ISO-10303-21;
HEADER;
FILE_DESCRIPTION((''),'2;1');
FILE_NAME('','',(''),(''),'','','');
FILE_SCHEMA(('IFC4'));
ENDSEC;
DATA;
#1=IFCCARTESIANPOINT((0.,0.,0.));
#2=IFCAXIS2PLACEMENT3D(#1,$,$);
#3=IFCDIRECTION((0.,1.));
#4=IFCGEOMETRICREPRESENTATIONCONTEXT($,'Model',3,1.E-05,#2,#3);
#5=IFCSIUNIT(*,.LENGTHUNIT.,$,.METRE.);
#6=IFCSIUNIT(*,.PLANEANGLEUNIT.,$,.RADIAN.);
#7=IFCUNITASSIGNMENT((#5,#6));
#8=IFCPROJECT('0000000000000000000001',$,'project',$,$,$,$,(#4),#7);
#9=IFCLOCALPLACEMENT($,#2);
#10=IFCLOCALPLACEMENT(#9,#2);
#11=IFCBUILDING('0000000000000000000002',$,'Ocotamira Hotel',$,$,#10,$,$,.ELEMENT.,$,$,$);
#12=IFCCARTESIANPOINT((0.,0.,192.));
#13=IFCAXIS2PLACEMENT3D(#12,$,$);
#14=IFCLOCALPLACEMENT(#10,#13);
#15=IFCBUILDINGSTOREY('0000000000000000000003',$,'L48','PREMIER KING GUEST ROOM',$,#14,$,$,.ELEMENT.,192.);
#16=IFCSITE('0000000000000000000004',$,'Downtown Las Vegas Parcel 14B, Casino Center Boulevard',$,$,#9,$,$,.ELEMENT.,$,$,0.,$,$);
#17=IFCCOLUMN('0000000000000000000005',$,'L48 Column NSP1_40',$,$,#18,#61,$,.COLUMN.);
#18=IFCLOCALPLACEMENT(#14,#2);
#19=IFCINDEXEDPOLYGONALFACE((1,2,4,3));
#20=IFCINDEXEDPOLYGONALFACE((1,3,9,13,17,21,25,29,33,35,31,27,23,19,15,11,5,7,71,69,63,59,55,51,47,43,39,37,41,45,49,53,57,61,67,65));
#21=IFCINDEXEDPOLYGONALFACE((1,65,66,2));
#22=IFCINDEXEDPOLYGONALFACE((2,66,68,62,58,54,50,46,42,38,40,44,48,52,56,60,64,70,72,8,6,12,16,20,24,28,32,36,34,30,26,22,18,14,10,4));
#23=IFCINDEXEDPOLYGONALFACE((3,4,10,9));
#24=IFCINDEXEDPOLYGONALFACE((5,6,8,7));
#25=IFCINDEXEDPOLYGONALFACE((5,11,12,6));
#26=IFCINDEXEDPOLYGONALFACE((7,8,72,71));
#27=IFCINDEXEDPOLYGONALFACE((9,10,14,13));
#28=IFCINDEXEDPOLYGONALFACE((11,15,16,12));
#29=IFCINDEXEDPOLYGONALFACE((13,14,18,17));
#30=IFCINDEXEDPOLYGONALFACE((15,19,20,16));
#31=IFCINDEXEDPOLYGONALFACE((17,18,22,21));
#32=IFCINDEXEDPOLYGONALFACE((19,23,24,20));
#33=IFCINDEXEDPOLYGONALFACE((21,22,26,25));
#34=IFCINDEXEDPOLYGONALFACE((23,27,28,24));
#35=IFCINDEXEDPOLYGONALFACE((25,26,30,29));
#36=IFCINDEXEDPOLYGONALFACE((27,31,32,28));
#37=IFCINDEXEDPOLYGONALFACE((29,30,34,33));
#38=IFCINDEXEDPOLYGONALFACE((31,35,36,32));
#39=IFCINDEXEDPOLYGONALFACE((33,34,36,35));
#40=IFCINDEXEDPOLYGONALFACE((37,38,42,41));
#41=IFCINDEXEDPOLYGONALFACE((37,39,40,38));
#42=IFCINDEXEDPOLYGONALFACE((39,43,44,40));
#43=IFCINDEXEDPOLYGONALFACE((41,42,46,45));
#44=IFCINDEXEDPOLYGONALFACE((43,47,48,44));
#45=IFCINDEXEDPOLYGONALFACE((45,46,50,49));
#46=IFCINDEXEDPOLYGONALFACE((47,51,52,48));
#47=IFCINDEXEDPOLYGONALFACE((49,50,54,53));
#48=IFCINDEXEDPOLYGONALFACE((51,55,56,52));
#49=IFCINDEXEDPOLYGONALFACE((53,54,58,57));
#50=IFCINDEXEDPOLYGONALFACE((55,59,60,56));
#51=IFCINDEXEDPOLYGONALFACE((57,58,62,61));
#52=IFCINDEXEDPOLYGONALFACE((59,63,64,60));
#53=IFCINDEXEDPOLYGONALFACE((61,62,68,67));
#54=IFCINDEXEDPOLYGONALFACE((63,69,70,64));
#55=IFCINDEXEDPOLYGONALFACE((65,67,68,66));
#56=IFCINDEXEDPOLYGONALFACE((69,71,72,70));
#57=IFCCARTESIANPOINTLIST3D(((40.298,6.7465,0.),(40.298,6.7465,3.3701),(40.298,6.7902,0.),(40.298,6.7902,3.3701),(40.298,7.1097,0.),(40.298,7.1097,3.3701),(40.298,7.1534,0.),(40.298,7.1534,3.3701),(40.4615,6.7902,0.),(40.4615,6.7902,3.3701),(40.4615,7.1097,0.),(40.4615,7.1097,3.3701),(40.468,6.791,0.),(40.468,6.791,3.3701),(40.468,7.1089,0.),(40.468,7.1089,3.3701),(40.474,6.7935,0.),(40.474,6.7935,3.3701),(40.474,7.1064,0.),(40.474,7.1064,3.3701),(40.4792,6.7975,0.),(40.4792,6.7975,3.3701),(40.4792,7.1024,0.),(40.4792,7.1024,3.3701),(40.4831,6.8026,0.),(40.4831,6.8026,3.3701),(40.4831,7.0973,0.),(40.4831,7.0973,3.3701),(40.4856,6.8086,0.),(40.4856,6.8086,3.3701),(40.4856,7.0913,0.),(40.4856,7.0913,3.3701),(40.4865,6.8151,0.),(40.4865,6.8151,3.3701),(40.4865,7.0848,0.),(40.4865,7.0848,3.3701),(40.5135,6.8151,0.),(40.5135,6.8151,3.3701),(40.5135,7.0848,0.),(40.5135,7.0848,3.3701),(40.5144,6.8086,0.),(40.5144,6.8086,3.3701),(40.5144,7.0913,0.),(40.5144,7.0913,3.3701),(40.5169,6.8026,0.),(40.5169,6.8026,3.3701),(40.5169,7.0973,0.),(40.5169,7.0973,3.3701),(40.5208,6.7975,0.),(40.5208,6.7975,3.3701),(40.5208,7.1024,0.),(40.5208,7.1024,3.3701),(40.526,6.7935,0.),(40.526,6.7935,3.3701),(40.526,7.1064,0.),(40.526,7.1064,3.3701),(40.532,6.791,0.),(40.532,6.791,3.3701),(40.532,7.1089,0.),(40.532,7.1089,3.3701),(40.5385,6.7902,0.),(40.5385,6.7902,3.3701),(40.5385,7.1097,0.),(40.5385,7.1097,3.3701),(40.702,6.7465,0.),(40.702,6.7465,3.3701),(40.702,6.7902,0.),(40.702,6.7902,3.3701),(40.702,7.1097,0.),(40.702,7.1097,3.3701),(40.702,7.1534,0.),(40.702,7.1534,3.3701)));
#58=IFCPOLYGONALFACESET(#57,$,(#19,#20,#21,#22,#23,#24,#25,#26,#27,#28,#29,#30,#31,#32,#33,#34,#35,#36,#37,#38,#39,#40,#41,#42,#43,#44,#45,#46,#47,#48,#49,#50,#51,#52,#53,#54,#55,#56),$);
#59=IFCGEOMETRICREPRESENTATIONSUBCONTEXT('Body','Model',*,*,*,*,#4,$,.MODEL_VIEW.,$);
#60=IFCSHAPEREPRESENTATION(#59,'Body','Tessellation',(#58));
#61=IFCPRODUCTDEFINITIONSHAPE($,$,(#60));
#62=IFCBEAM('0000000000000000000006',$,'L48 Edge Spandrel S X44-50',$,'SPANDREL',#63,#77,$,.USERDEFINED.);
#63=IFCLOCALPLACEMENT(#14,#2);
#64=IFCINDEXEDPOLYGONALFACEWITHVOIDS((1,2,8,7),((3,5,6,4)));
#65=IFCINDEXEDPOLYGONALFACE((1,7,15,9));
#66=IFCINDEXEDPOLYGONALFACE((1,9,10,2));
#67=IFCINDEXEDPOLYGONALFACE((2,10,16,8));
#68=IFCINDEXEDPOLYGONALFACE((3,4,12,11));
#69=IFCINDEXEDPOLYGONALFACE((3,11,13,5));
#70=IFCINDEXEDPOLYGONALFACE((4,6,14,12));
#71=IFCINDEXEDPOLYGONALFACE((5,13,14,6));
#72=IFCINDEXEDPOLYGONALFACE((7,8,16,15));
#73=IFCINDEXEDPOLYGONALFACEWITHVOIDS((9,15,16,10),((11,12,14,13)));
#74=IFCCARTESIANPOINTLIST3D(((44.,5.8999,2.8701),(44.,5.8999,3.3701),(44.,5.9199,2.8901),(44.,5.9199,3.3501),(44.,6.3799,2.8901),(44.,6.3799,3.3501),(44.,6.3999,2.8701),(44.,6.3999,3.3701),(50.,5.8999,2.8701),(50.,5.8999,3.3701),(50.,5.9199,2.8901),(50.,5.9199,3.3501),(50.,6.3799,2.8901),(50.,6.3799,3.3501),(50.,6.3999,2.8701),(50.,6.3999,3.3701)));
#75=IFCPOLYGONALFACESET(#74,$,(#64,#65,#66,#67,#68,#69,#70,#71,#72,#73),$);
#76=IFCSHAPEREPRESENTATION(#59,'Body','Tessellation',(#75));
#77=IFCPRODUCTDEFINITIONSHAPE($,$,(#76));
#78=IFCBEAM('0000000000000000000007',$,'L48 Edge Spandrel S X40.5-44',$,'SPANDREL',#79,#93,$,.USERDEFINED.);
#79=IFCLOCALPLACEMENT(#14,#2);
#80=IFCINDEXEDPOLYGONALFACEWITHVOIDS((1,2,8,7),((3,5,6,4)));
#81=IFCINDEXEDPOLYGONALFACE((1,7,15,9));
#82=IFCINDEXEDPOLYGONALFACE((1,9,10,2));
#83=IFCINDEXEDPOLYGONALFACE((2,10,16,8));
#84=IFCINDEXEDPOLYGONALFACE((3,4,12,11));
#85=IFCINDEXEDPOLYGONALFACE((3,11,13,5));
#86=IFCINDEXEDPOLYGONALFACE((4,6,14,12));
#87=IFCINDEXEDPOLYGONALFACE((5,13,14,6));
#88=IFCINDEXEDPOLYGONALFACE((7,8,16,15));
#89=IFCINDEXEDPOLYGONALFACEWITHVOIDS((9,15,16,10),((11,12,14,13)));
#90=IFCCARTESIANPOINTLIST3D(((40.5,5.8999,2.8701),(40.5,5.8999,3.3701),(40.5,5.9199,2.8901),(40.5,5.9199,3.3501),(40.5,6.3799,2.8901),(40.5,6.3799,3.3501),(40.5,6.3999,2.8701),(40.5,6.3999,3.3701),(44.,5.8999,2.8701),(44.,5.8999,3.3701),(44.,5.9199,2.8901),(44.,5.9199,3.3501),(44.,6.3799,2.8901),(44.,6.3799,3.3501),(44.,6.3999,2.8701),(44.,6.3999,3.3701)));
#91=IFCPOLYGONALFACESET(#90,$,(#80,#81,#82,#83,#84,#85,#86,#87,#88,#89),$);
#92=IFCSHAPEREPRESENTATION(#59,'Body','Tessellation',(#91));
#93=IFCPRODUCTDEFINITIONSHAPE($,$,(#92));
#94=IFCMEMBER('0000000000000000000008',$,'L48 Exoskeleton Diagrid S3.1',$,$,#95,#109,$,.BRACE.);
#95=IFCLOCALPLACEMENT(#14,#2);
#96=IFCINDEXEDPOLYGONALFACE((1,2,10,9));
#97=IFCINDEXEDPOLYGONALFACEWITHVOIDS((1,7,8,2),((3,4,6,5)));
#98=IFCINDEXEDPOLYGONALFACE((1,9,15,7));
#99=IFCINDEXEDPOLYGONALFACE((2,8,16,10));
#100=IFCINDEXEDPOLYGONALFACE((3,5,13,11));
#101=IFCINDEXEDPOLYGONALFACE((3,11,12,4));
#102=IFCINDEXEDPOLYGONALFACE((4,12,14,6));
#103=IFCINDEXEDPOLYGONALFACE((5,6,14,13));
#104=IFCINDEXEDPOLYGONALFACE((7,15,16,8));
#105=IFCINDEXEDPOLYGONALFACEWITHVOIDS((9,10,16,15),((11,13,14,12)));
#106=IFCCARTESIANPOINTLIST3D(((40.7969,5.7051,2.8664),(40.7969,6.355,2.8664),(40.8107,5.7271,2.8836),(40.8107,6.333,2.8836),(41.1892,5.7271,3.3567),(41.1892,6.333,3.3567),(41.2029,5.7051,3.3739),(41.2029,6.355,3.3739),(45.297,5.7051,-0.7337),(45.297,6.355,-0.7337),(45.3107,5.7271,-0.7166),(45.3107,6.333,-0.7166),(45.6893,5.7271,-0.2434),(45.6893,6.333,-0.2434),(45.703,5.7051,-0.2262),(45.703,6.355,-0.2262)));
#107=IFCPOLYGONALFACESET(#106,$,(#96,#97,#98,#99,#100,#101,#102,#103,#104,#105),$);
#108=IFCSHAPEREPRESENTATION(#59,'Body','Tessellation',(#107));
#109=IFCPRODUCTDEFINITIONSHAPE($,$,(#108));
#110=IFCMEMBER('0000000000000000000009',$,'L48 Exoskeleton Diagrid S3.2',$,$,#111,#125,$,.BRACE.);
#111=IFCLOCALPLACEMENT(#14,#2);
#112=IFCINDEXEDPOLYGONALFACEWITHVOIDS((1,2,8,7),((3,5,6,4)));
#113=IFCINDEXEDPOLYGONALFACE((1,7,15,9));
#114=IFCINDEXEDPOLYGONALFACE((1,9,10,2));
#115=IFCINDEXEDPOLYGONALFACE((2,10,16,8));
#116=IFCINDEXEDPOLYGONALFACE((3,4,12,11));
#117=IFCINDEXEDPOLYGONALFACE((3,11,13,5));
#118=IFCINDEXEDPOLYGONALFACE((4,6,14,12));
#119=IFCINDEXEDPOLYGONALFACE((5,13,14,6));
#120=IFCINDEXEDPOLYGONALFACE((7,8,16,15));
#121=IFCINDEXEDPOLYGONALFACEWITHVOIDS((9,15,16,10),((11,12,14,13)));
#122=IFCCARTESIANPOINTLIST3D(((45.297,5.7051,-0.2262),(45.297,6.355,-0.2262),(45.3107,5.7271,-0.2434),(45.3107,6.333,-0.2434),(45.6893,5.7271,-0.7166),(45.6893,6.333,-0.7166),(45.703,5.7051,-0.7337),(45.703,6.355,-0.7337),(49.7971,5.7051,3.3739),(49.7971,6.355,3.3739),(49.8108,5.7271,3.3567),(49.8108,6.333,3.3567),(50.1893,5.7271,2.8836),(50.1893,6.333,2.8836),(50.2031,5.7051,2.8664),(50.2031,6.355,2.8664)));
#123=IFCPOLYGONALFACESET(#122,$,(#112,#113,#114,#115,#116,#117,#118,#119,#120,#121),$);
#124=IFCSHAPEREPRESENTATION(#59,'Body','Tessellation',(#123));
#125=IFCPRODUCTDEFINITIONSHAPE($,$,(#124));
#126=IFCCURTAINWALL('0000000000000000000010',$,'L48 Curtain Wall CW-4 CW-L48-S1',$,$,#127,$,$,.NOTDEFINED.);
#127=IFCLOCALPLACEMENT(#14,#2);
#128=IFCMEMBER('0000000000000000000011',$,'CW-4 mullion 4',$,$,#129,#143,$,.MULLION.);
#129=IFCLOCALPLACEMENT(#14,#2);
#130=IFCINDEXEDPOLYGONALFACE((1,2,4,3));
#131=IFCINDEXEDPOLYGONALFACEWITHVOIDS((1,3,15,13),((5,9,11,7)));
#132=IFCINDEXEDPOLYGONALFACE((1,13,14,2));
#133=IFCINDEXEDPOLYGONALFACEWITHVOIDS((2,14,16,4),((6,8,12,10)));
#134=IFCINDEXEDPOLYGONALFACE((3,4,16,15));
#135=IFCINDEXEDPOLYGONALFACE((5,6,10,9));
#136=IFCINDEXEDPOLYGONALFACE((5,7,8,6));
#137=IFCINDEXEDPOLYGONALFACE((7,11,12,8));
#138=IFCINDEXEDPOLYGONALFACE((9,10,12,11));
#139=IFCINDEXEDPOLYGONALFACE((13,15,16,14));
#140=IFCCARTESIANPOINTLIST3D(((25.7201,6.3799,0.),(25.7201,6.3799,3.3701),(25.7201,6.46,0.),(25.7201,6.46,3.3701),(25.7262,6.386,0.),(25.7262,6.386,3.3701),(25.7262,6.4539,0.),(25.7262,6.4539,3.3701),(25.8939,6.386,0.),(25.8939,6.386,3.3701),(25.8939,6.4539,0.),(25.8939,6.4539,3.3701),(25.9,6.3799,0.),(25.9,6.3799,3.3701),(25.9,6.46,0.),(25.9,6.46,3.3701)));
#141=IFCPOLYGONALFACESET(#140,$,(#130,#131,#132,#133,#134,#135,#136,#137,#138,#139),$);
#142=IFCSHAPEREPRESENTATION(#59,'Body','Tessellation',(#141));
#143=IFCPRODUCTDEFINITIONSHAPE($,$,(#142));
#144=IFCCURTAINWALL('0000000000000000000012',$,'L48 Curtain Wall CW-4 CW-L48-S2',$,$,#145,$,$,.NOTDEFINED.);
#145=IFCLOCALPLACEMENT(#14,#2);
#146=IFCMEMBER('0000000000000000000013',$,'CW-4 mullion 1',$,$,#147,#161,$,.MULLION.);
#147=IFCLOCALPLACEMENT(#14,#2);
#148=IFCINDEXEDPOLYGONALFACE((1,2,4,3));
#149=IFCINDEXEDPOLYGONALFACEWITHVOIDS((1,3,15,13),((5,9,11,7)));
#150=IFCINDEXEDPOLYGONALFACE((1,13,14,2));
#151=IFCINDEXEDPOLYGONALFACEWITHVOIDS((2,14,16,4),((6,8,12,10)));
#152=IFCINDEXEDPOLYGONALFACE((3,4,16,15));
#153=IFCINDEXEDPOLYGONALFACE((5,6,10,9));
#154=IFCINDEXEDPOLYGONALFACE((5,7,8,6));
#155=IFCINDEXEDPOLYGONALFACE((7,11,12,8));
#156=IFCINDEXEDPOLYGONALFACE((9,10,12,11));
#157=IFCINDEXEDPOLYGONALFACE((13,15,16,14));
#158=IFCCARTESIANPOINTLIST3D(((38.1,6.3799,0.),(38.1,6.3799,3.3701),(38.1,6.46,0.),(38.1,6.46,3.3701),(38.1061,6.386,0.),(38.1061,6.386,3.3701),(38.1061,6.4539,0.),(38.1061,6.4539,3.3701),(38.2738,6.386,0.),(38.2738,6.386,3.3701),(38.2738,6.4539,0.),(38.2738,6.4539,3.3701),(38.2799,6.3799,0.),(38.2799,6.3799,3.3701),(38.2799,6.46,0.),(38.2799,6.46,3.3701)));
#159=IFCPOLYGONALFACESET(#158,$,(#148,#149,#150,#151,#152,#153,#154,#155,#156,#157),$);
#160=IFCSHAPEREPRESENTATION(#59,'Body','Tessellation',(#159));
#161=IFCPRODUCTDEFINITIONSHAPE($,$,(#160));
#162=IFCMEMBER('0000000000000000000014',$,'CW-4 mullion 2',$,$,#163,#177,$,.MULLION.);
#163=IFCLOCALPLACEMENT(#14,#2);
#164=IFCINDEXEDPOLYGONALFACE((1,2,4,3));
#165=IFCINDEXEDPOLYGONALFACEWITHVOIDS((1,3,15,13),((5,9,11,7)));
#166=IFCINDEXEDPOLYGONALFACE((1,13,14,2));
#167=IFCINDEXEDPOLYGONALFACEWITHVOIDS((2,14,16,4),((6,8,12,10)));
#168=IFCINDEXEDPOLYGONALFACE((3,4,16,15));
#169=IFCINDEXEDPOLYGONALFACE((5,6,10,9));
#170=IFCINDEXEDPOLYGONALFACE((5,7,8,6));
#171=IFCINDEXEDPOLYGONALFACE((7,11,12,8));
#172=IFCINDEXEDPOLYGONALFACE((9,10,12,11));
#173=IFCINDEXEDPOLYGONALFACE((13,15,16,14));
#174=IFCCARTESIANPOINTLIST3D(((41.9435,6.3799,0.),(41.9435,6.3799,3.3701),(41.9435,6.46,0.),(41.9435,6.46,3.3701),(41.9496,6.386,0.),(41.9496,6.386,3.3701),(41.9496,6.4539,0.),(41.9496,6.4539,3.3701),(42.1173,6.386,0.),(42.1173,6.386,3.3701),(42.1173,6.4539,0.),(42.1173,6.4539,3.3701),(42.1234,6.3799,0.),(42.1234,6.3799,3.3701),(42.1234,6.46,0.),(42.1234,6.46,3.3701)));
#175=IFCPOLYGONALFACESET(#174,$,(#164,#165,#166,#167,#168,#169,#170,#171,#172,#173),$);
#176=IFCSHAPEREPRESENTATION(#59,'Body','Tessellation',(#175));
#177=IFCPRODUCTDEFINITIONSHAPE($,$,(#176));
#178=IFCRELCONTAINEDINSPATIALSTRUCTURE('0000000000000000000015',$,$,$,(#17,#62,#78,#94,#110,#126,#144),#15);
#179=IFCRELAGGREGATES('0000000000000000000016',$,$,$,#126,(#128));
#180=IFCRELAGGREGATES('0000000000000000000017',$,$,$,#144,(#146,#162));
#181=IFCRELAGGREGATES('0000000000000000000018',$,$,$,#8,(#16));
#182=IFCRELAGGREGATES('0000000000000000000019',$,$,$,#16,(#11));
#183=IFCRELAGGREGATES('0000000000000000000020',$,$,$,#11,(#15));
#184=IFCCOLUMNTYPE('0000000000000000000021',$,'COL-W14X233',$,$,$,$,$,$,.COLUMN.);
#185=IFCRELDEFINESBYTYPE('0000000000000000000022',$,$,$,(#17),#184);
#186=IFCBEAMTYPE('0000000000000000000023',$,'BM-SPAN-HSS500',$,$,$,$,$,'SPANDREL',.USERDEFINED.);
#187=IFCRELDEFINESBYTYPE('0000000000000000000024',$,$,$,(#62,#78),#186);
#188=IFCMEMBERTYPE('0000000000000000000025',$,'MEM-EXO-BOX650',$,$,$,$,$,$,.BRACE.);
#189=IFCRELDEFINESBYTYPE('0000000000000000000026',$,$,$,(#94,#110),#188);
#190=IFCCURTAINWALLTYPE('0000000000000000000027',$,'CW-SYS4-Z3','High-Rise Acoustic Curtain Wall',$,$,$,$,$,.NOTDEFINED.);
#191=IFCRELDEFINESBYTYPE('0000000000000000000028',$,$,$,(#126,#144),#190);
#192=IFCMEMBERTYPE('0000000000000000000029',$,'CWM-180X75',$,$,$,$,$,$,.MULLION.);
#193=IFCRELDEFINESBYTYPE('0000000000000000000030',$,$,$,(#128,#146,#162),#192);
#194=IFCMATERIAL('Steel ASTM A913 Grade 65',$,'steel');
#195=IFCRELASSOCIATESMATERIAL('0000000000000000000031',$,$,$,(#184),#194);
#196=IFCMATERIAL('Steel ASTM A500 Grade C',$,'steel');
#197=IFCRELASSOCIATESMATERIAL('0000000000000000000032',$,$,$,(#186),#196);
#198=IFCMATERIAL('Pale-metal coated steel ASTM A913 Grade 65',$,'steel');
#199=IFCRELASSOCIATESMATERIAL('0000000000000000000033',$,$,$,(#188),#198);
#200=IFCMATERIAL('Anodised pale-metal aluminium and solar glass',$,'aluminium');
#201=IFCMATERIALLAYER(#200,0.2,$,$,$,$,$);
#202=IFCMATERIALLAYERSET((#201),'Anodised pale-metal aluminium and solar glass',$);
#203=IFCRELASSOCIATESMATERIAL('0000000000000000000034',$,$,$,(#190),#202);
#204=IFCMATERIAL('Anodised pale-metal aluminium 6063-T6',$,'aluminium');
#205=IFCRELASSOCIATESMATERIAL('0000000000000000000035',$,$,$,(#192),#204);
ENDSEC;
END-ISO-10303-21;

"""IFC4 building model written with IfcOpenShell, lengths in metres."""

from ifc_helpers import new_model, si_unit, direction, frame, origin, origin_2d, place, context, subcontext, project, spatial, hollow_rectangle, i_section, extrude, source, transform, mapped, material, layer, layer_set, material_profile, profile_set, type_object, element, aggregate, save


model = new_model("IFC4")

# Units and contexts
model_context = context("Model", 3, precision=1e-05, world=origin(), true_north=direction((0.0, 1.0)))
body_context = subcontext(model_context, "Body", "Model", "MODEL_VIEW")
ifc_project = project(units=[si_unit("LENGTHUNIT", "METRE"), si_unit("PLANEANGLEUNIT", "RADIAN")], contexts=[model_context])

# Site, building, storey
site_placement = place(None, origin())
site = spatial("IfcSite", under=ifc_project, at=site_placement, Name="Downtown Las Vegas Parcel 14B, Casino Center Boulevard", CompositionType="ELEMENT", RefElevation=0.0)
building_placement = place(site_placement, origin())
building = spatial("IfcBuilding", under=site, at=building_placement, Name="Ocotamira Hotel", CompositionType="ELEMENT")
storey_placement = place(building_placement, frame((0.0, 0.0, 192.0)))
storey = spatial("IfcBuildingStorey", under=building, at=storey_placement, Name="L48", Description="PREMIER KING GUEST ROOM", CompositionType="ELEMENT", Elevation=192.0)

# Column
ifc_material_1 = material(Name="Steel ASTM A913 Grade 65", Category="steel")
ifc_material_profile_1 = material_profile(ifc_material_1, i_section(OverallWidth=0.4041, OverallDepth=0.407, WebThickness=0.0271, FlangeThickness=0.0437, FilletRadius=0.0249, at=origin_2d()), Name="W14X233")
ifc_profile_set_1 = profile_set([ifc_material_profile_1], Name="Steel ASTM A913 Grade 65")
column_type = type_object("IfcColumnType", Name="COL-W14X233", PredefinedType="COLUMN", material=ifc_profile_set_1)
shared_shape_1 = source(origin(), body_context, "Body", "SweptSolid", [
    extrude(i_section(OverallWidth=0.4041, OverallDepth=0.407, WebThickness=0.0271, FlangeThickness=0.0437, FilletRadius=0.0249, at=origin_2d()), origin(), (0.0, 0.0, 1.0), 3.3701),
])
column_placement = place(storey_placement, frame((40.5, 6.95, 0.0), z_axis=(0.0, 0.0, 1.0), x_axis=(1.0, 0.0, 0.0)))
element("IfcColumn", 1, at=column_placement, inside=storey, type_object=column_type, Name="L48 Column NSP1_40", PredefinedType="COLUMN", context=body_context, shape_type="MappedRepresentation", body=[
    mapped(shared_shape_1, transform((0.0, 0.0, 0.0), scale=1.0)),
])

# Beams
ifc_material_2 = material(Name="Steel ASTM A500 Grade C", Category="steel")
ifc_material_profile_2 = material_profile(ifc_material_2, hollow_rectangle(XDim=0.5, YDim=0.5, WallThickness=0.02, at=origin_2d()), Name="HSS500X500X20")
ifc_profile_set_2 = profile_set([ifc_material_profile_2], Name="Steel ASTM A500 Grade C")
beam_type = type_object("IfcBeamType", Name="BM-SPAN-HSS500", ElementType="SPANDREL", PredefinedType="USERDEFINED", material=ifc_profile_set_2)
shared_shape_2 = source(origin(), body_context, "Body", "SweptSolid", [
    extrude(hollow_rectangle(XDim=0.5, YDim=0.5, WallThickness=0.02, at=origin_2d()), origin(), (0.0, 0.0, 1.0), 6.0),
])
beam_1_placement = place(storey_placement, frame((44.0, 6.1499, 3.1201), z_axis=(1.0, 0.0, 0.0), x_axis=(0.0, 1.0, 0.0)))
element("IfcBeam", 2, at=beam_1_placement, inside=storey, type_object=beam_type, Name="L48 Edge Spandrel S X44-50", ObjectType="SPANDREL", PredefinedType="USERDEFINED", context=body_context, shape_type="MappedRepresentation", body=[
    mapped(shared_shape_2, transform((0.0, 0.0, 0.0), scale=1.0)),
])
shared_shape_3 = source(origin(), body_context, "Body", "SweptSolid", [
    extrude(hollow_rectangle(XDim=0.5, YDim=0.5, WallThickness=0.02, at=origin_2d()), origin(), (0.0, 0.0, 1.0), 3.5),
])
beam_2_placement = place(storey_placement, frame((40.5, 6.1499, 3.1201), z_axis=(1.0, 0.0, 0.0), x_axis=(0.0, 1.0, 0.0)))
element("IfcBeam", 3, at=beam_2_placement, inside=storey, type_object=beam_type, Name="L48 Edge Spandrel S X40.5-44", ObjectType="SPANDREL", PredefinedType="USERDEFINED", context=body_context, shape_type="MappedRepresentation", body=[
    mapped(shared_shape_3, transform((0.0, 0.0, 0.0), scale=1.0)),
])

# Members
ifc_material_3 = material(Name="Pale-metal coated steel ASTM A913 Grade 65", Category="steel")
ifc_material_profile_3 = material_profile(ifc_material_3, hollow_rectangle(XDim=0.6499, YDim=0.6499, WallThickness=0.022, at=origin_2d()), Name="BOX650X650X22")
ifc_profile_set_3 = profile_set([ifc_material_profile_3], Name="Pale-metal coated steel ASTM A913 Grade 65")
member_type_1 = type_object("IfcMemberType", Name="MEM-EXO-BOX650", PredefinedType="BRACE", material=ifc_profile_set_3)
shared_shape_4 = source(origin(), body_context, "Body", "SweptSolid", [
    extrude(hollow_rectangle(XDim=0.6499, YDim=0.6499, WallThickness=0.022, at=origin_2d()), origin(), (0.0, 0.0, 1.0), 5.7629),
])
for number, where, z_axis, x_axis, name in (
    (4, (45.5, 6.03, -0.48), (-0.780861, 0.0, 0.624705), (0.0, -1.0, 0.0), "L48 Exoskeleton Diagrid S3.1"),
    (5, (45.5, 6.03, -0.48), (0.780861, 0.0, 0.624705), (0.0, 1.0, 0.0), "L48 Exoskeleton Diagrid S3.2"),
):
    element("IfcMember", number, at=place(storey_placement, frame(where, z_axis=z_axis, x_axis=x_axis)), inside=storey, type_object=member_type_1, Name=name, PredefinedType="BRACE", context=body_context, shape_type="MappedRepresentation", body=[
        mapped(shared_shape_4, transform((0.0, 0.0, 0.0), scale=1.0)),
    ])

# Curtain wall, member
ifc_material_4 = material(Name="Anodised pale-metal aluminium and solar glass", Category="aluminium")
ifc_layer_1 = layer(ifc_material_4, 0.2)
ifc_layer_set_1 = layer_set([ifc_layer_1], Name="Anodised pale-metal aluminium and solar glass")
curtain_wall_type = type_object("IfcCurtainWallType", Name="CW-SYS4-Z3", Description="High-Rise Acoustic Curtain Wall", PredefinedType="NOTDEFINED", material=ifc_layer_set_1)
curtain_wall_1_placement = place(storey_placement, origin())
curtain_wall_1 = element("IfcCurtainWall", 6, at=curtain_wall_1_placement, inside=storey, type_object=curtain_wall_type, Name="L48 Curtain Wall CW-4 CW-L48-S1", PredefinedType="NOTDEFINED")
ifc_material_5 = material(Name="Anodised pale-metal aluminium 6063-T6", Category="aluminium")
ifc_material_profile_4 = material_profile(ifc_material_5, hollow_rectangle(XDim=0.0801, YDim=0.1799, WallThickness=0.0061, at=origin_2d()), Name="HSS180X80X6")
ifc_profile_set_4 = profile_set([ifc_material_profile_4], Name="Anodised pale-metal aluminium 6063-T6")
member_type_2 = type_object("IfcMemberType", Name="CWM-180X75", PredefinedType="MULLION", material=ifc_profile_set_4)
shared_shape_5 = source(origin(), body_context, "Body", "SweptSolid", [
    extrude(hollow_rectangle(XDim=0.0801, YDim=0.1799, WallThickness=0.0061, at=origin_2d()), origin(), (0.0, 0.0, 1.0), 3.3701),
])
member_1_placement = place(storey_placement, frame((25.8101, 6.4199, 0.0), z_axis=(0.0, 0.0, 1.0), x_axis=(0.0, 1.0, 0.0)))
member_1 = element("IfcMember", 7, at=member_1_placement, type_object=member_type_2, Name="CW-4 mullion 4", PredefinedType="MULLION", context=body_context, shape_type="MappedRepresentation", body=[
    mapped(shared_shape_5, transform((0.0, 0.0, 0.0), scale=1.0)),
])

# Curtain wall, members
curtain_wall_2_placement = place(storey_placement, origin())
curtain_wall_2 = element("IfcCurtainWall", 8, at=curtain_wall_2_placement, inside=storey, type_object=curtain_wall_type, Name="L48 Curtain Wall CW-4 CW-L48-S2", PredefinedType="NOTDEFINED")
member_2_placement = place(storey_placement, frame((38.1899, 6.4199, 0.0), z_axis=(0.0, 0.0, 1.0), x_axis=(0.0, 1.0, 0.0)))
member_2 = element("IfcMember", 9, at=member_2_placement, type_object=member_type_2, Name="CW-4 mullion 1", PredefinedType="MULLION", context=body_context, shape_type="MappedRepresentation", body=[
    mapped(shared_shape_5, transform((0.0, 0.0, 0.0), scale=1.0)),
])
member_3_placement = place(storey_placement, frame((42.0334, 6.4199, 0.0), z_axis=(0.0, 0.0, 1.0), x_axis=(0.0, 1.0, 0.0)))
member_3 = element("IfcMember", 10, at=member_3_placement, type_object=member_type_2, Name="CW-4 mullion 2", PredefinedType="MULLION", context=body_context, shape_type="MappedRepresentation", body=[
    mapped(shared_shape_5, transform((0.0, 0.0, 0.0), scale=1.0)),
])

aggregate(curtain_wall_1, [member_1])
aggregate(curtain_wall_2, [member_2, member_3])

save(model, "model.ifc")
